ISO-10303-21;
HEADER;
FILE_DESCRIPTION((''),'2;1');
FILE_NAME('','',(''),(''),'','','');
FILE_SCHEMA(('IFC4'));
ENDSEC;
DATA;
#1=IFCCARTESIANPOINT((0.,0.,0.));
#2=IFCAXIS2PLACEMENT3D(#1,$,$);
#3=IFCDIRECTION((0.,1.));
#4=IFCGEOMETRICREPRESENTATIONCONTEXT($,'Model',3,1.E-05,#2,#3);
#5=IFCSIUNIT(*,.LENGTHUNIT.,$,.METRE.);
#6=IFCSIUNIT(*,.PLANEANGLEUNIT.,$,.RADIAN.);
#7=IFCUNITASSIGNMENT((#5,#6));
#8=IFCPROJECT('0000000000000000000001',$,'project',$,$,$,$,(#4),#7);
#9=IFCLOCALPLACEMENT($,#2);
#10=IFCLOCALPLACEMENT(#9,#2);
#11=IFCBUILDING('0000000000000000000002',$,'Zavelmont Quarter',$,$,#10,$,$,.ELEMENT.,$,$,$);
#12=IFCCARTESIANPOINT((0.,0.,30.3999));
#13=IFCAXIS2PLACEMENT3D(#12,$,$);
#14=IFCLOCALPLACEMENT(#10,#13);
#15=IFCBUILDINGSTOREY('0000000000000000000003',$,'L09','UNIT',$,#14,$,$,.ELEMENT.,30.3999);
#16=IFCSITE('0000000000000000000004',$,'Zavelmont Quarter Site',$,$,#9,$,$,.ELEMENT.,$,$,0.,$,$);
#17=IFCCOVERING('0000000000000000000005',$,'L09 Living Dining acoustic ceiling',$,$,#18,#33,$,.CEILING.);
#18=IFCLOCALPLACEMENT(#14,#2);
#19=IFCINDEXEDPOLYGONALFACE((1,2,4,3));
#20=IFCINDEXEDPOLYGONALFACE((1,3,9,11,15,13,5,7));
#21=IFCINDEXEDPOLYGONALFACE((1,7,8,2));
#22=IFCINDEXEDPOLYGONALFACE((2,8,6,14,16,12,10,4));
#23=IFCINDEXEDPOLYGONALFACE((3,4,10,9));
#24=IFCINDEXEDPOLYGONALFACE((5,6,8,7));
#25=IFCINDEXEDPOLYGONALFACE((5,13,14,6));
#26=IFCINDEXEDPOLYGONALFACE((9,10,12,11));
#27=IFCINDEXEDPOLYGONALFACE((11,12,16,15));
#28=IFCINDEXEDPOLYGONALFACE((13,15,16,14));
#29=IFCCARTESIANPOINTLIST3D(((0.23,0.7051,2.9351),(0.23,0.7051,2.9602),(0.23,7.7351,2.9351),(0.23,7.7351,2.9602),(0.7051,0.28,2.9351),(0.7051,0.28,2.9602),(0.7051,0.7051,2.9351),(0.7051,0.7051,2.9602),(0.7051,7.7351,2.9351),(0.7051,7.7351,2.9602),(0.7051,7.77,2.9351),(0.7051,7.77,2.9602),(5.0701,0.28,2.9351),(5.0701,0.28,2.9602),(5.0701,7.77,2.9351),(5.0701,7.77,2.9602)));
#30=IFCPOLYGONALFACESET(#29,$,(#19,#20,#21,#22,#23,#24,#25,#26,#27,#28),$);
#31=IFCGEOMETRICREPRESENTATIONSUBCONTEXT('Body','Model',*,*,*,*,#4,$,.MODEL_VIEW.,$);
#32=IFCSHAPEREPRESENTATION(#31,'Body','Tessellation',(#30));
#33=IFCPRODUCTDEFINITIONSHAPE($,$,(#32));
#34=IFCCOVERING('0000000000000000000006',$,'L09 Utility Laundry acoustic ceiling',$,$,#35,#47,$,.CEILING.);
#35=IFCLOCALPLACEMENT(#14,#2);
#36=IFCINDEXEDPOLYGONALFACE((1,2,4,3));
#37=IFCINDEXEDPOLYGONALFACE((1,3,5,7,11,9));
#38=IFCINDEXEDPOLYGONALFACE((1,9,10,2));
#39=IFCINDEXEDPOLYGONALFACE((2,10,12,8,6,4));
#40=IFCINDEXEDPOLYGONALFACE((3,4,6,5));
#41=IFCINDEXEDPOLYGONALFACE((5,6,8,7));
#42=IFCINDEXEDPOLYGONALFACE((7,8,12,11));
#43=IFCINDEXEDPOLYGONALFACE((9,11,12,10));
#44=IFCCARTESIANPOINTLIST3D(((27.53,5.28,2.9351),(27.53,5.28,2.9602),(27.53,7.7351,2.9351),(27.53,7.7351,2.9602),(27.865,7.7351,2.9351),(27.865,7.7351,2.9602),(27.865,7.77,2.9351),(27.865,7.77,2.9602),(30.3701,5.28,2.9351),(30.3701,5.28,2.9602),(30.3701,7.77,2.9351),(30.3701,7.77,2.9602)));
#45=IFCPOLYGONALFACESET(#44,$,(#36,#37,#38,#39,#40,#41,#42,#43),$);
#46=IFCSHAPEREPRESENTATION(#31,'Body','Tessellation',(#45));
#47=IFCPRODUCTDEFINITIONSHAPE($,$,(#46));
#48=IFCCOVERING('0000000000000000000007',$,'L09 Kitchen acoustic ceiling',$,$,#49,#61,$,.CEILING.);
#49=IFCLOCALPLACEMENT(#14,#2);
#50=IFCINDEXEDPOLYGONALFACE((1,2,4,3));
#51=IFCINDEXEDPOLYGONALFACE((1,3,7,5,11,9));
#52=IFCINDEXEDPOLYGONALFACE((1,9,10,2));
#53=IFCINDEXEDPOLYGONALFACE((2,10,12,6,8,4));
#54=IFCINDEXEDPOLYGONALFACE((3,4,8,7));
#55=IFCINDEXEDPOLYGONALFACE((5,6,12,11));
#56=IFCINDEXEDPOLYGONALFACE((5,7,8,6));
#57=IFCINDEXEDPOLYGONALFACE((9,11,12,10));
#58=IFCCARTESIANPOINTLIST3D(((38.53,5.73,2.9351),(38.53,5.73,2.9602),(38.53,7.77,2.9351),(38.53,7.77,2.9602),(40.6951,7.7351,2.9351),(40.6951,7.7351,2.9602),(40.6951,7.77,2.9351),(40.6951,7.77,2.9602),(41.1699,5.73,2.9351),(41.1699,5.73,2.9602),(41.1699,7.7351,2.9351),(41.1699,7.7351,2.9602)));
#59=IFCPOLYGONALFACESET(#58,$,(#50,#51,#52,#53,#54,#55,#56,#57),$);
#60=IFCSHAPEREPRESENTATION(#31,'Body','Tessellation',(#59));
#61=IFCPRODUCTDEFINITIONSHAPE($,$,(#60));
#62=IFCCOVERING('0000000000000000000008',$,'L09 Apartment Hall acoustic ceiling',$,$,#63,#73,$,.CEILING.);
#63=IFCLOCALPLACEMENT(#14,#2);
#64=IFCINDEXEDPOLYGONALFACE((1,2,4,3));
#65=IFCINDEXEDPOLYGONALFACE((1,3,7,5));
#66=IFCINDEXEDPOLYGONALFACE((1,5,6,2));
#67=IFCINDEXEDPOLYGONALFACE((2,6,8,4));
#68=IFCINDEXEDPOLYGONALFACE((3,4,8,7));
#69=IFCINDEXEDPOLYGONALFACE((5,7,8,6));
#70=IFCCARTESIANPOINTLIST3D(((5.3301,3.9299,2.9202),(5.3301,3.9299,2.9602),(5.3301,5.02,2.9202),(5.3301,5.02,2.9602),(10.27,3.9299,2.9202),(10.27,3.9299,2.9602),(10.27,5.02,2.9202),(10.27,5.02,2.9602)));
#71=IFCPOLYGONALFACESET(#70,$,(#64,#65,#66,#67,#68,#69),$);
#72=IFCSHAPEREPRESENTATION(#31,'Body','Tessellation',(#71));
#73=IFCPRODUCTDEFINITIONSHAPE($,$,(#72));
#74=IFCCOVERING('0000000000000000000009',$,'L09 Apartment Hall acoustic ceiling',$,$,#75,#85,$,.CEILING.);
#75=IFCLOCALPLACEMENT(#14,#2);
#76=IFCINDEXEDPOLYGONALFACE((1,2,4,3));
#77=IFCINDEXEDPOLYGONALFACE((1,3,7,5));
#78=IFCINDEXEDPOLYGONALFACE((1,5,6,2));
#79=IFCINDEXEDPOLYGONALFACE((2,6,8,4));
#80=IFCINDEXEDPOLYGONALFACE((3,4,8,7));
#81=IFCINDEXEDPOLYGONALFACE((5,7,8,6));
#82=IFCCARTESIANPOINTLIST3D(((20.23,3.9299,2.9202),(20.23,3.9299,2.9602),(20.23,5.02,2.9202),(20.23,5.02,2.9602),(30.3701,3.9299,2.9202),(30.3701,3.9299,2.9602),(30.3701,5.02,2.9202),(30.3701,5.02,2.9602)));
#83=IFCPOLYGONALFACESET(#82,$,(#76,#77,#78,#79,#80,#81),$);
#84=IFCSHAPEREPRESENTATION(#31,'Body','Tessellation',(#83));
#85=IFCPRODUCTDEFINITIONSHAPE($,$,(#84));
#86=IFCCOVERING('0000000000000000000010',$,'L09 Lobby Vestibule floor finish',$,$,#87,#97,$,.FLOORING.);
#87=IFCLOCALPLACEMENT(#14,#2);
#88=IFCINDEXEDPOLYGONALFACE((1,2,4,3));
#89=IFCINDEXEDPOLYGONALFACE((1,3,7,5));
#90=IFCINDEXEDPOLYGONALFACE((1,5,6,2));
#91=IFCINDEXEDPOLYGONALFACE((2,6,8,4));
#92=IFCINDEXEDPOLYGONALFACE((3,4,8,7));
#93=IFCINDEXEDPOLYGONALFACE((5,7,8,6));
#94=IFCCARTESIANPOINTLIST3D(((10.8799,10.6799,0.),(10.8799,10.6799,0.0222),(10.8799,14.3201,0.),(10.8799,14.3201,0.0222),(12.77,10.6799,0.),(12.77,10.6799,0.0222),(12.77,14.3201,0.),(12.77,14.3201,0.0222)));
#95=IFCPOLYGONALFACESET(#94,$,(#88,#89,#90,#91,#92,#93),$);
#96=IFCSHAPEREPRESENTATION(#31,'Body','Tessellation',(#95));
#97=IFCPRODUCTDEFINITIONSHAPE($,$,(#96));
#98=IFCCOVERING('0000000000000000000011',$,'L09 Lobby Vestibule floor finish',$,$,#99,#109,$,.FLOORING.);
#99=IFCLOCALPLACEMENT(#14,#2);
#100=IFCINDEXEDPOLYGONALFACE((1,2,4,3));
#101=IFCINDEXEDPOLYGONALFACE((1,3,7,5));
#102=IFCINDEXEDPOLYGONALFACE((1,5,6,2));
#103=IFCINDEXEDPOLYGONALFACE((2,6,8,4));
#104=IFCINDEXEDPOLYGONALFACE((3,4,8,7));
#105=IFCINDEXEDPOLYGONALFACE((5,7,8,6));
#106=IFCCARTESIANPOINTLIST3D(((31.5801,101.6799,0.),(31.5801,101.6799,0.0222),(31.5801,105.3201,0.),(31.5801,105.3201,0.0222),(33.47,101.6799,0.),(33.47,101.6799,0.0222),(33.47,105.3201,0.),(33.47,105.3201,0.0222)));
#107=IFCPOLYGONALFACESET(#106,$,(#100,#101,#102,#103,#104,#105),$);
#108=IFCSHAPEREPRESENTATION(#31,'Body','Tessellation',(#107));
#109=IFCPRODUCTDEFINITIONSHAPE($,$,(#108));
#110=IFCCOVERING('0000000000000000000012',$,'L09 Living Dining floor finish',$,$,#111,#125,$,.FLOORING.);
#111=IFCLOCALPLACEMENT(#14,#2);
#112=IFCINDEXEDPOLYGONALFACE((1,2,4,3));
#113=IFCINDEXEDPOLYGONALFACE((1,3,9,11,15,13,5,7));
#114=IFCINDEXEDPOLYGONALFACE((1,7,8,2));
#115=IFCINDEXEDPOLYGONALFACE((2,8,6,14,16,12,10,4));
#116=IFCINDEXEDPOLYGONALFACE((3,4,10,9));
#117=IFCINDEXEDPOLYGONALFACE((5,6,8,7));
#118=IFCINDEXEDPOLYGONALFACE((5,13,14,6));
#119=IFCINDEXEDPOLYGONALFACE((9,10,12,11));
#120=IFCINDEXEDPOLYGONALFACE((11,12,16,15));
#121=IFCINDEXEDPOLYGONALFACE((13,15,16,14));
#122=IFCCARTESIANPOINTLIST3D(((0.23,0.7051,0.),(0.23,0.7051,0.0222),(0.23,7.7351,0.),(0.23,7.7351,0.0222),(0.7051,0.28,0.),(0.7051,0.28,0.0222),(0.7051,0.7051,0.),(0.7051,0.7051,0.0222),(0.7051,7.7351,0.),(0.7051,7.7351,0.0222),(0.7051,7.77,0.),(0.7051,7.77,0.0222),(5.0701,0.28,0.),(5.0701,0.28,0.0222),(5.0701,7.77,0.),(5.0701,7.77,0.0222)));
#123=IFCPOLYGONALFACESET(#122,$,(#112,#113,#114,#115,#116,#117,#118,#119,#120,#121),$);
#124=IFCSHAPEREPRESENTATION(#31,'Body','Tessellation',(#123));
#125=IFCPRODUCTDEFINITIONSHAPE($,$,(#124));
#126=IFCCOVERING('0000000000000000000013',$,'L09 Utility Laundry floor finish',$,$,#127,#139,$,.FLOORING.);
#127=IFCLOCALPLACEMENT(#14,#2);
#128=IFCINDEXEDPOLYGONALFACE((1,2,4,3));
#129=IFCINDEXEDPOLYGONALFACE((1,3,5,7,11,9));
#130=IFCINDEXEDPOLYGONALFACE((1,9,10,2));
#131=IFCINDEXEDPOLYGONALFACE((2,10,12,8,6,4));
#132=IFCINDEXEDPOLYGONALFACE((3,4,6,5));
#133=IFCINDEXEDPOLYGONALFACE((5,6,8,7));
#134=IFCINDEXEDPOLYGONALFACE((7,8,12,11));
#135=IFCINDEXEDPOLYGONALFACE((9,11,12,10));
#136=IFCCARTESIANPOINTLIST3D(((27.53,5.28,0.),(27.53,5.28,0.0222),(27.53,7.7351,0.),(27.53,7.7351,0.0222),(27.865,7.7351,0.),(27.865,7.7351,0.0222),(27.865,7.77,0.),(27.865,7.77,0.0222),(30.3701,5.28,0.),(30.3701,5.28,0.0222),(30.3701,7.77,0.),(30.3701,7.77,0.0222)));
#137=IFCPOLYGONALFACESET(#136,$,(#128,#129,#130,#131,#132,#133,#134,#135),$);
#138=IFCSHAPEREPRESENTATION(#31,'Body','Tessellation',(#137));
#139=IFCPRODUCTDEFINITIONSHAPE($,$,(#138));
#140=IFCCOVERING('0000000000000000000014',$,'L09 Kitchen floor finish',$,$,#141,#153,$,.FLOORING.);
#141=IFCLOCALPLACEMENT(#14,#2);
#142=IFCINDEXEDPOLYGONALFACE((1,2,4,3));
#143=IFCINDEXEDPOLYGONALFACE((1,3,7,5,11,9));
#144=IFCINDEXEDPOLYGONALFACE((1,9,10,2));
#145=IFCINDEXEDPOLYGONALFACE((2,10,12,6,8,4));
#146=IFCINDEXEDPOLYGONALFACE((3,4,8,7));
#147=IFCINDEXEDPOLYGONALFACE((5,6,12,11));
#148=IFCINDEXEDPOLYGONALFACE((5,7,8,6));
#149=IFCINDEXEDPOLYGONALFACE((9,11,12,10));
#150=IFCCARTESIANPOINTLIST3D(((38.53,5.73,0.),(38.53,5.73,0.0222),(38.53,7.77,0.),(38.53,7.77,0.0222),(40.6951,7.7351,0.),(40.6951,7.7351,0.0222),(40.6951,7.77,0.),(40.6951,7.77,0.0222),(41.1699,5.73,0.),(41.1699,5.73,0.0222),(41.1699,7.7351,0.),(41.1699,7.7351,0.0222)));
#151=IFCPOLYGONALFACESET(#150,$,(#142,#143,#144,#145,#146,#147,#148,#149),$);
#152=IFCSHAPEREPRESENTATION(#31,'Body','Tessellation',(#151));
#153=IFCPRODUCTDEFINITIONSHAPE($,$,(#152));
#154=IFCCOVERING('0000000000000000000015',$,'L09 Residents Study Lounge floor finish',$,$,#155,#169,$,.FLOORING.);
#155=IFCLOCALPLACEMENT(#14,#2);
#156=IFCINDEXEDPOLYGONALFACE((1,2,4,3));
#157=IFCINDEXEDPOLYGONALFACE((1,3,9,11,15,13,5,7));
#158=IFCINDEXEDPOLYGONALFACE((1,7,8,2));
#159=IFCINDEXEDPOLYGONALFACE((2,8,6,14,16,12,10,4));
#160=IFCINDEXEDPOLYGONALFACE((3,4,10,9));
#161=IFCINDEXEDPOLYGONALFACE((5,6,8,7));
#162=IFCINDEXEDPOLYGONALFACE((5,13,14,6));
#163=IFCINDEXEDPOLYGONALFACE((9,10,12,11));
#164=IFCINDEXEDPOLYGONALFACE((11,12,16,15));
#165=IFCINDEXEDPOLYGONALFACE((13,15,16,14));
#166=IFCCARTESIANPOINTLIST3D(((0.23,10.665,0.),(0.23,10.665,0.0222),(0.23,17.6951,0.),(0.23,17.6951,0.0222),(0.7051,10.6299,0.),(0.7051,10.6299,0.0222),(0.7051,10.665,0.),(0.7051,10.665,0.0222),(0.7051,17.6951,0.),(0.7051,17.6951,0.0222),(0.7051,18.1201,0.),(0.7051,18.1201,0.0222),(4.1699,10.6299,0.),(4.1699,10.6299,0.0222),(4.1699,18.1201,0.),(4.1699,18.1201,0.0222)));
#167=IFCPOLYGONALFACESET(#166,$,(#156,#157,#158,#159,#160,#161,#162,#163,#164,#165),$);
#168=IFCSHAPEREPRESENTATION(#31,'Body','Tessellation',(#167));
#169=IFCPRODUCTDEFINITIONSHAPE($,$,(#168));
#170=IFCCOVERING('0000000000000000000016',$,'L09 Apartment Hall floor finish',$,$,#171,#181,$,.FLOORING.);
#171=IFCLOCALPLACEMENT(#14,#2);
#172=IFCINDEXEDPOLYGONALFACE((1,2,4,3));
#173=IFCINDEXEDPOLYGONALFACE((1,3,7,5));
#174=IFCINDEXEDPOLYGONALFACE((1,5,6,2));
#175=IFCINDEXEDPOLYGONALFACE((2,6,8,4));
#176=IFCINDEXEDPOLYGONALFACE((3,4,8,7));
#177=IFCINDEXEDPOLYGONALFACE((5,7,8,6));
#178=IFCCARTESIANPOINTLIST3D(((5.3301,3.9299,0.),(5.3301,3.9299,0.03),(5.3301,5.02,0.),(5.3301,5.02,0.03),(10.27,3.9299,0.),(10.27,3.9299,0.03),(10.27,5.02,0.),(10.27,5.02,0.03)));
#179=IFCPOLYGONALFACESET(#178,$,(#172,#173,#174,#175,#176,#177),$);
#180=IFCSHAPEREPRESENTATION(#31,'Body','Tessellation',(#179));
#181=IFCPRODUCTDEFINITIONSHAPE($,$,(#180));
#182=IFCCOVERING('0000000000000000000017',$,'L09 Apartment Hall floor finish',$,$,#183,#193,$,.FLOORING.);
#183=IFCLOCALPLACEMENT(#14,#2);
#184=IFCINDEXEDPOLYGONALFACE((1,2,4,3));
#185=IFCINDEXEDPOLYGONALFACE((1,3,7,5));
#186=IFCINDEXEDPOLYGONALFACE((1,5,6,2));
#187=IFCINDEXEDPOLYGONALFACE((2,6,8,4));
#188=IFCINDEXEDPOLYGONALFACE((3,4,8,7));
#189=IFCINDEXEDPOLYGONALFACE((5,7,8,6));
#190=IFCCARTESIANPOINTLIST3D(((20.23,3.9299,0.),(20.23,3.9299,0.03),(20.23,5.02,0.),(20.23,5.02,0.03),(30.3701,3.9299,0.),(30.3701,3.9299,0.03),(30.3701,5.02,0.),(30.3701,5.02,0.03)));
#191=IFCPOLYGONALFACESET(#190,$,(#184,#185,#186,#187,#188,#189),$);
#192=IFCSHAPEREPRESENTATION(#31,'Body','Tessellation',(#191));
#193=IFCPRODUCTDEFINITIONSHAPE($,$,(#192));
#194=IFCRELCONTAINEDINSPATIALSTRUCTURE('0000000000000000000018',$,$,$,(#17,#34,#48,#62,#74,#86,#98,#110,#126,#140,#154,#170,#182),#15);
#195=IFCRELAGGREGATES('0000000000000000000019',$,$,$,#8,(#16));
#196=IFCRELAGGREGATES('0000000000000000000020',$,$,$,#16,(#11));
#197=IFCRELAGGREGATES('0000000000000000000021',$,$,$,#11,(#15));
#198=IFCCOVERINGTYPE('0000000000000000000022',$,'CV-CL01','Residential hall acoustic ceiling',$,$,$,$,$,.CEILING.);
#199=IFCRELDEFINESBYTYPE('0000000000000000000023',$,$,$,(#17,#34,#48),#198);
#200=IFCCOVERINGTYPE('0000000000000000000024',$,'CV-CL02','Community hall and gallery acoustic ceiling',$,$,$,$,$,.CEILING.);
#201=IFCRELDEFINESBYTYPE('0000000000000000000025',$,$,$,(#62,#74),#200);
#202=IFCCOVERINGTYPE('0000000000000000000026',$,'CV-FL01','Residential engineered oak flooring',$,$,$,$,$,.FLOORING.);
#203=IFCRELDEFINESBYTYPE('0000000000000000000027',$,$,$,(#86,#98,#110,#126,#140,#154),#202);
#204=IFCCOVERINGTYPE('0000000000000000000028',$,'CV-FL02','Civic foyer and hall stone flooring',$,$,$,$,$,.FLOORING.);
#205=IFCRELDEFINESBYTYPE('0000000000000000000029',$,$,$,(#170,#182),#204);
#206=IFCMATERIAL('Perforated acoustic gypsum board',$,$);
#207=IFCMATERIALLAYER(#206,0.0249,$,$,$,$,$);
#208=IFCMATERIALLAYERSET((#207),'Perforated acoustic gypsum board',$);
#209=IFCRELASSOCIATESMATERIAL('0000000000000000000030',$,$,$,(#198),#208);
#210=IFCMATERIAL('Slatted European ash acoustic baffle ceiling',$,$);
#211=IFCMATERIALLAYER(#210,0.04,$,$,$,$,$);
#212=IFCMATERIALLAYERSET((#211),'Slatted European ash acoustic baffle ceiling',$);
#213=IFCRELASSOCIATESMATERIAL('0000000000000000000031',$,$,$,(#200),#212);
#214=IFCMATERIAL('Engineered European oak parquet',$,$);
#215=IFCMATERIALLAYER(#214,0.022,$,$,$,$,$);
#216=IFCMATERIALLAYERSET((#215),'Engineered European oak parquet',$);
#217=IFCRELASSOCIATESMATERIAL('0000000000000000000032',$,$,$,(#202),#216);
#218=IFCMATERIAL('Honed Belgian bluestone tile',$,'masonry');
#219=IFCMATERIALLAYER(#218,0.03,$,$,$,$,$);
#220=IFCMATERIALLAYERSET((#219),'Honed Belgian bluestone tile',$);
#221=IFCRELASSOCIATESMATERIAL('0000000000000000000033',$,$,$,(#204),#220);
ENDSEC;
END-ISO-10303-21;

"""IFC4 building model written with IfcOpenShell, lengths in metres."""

from ifc_helpers import new_model, si_unit, direction, frame, origin, place, context, subcontext, project, spatial, polyline, outline, extrude, material, layer, layer_set, type_object, element, save


model = new_model("IFC4")

# Units and contexts
model_context = context("Model", 3, precision=1e-05, world=origin(), true_north=direction((0.0, 1.0)))
body_context = subcontext(model_context, "Body", "Model", "MODEL_VIEW")
ifc_project = project(units=[si_unit("LENGTHUNIT", "METRE"), si_unit("PLANEANGLEUNIT", "RADIAN")], contexts=[model_context])

# Site, building, storey
site_placement = place(None, origin())
site = spatial("IfcSite", under=ifc_project, at=site_placement, Name="Zavelmont Quarter Site", CompositionType="ELEMENT", RefElevation=0.0)
building_placement = place(site_placement, origin())
building = spatial("IfcBuilding", under=site, at=building_placement, Name="Zavelmont Quarter", CompositionType="ELEMENT")
storey_placement = place(building_placement, frame((0.0, 0.0, 30.3999)))
storey = spatial("IfcBuildingStorey", under=building, at=storey_placement, Name="L09", Description="UNIT", CompositionType="ELEMENT", Elevation=30.3999)

# Coverings
ifc_material_1 = material(Name="Perforated acoustic gypsum board")
ifc_layer_1 = layer(ifc_material_1, 0.0249)
ifc_layer_set_1 = layer_set([ifc_layer_1], Name="Perforated acoustic gypsum board")
covering_type_1 = type_object("IfcCoveringType", Name="CV-CL01", Description="Residential hall acoustic ceiling", PredefinedType="CEILING", material=ifc_layer_set_1)
covering_1_placement = place(storey_placement, frame((0.0, 0.0, 2.9351)))
element("IfcCovering", 1, at=covering_1_placement, inside=storey, type_object=covering_type_1, Name="L09 Living Dining acoustic ceiling", PredefinedType="CEILING", context=body_context, shape_type="SweptSolid", body=[
    extrude(outline(polyline([(0.23, 7.7351), (0.7051, 7.7351), (0.7051, 7.77), (5.0701, 7.77), (5.0701, 0.28), (0.7051, 0.28), (0.7051, 0.7051), (0.23, 0.7051), (0.23, 7.7351)])), origin(), (0.0, 0.0, 1.0), 0.0251),
])
covering_2_placement = place(storey_placement, frame((0.0, 0.0, 2.9351)))
element("IfcCovering", 2, at=covering_2_placement, inside=storey, type_object=covering_type_1, Name="L09 Utility Laundry acoustic ceiling", PredefinedType="CEILING", context=body_context, shape_type="SweptSolid", body=[
    extrude(outline(polyline([(27.53, 7.7351), (27.865, 7.7351), (27.865, 7.77), (30.3701, 7.77), (30.3701, 5.28), (27.53, 5.28), (27.53, 7.7351)])), origin(), (0.0, 0.0, 1.0), 0.0251),
])
covering_3_placement = place(storey_placement, frame((0.0, 0.0, 2.9351)))
element("IfcCovering", 3, at=covering_3_placement, inside=storey, type_object=covering_type_1, Name="L09 Kitchen acoustic ceiling", PredefinedType="CEILING", context=body_context, shape_type="SweptSolid", body=[
    extrude(outline(polyline([(38.53, 7.77), (40.6951, 7.77), (40.6951, 7.7351), (41.1699, 7.7351), (41.1699, 5.73), (38.53, 5.73), (38.53, 7.77)])), origin(), (0.0, 0.0, 1.0), 0.0251),
])
ifc_material_2 = material(Name="Slatted European ash acoustic baffle ceiling")
ifc_layer_2 = layer(ifc_material_2, 0.04)
ifc_layer_set_2 = layer_set([ifc_layer_2], Name="Slatted European ash acoustic baffle ceiling")
covering_type_2 = type_object("IfcCoveringType", Name="CV-CL02", Description="Community hall and gallery acoustic ceiling", PredefinedType="CEILING", material=ifc_layer_set_2)
covering_4_placement = place(storey_placement, frame((0.0, 0.0, 2.9202)))
element("IfcCovering", 4, at=covering_4_placement, inside=storey, type_object=covering_type_2, Name="L09 Apartment Hall acoustic ceiling", PredefinedType="CEILING", context=body_context, shape_type="SweptSolid", body=[
    extrude(outline(polyline([(5.3301, 5.02), (10.27, 5.02), (10.27, 3.9299), (5.3301, 3.9299), (5.3301, 5.02)])), origin(), (0.0, 0.0, 1.0), 0.04),
])
covering_5_placement = place(storey_placement, frame((0.0, 0.0, 2.9202)))
element("IfcCovering", 5, at=covering_5_placement, inside=storey, type_object=covering_type_2, Name="L09 Apartment Hall acoustic ceiling", PredefinedType="CEILING", context=body_context, shape_type="SweptSolid", body=[
    extrude(outline(polyline([(20.23, 5.02), (30.3701, 5.02), (30.3701, 3.9299), (20.23, 3.9299), (20.23, 5.02)])), origin(), (0.0, 0.0, 1.0), 0.04),
])
ifc_material_3 = material(Name="Engineered European oak parquet")
ifc_layer_3 = layer(ifc_material_3, 0.022)
ifc_layer_set_3 = layer_set([ifc_layer_3], Name="Engineered European oak parquet")
covering_type_3 = type_object("IfcCoveringType", Name="CV-FL01", Description="Residential engineered oak flooring", PredefinedType="FLOORING", material=ifc_layer_set_3)
covering_6_placement = place(storey_placement, origin())
element("IfcCovering", 6, at=covering_6_placement, inside=storey, type_object=covering_type_3, Name="L09 Lobby Vestibule floor finish", PredefinedType="FLOORING", context=body_context, shape_type="SweptSolid", body=[
    extrude(outline(polyline([(10.8799, 14.3201), (12.77, 14.3201), (12.77, 10.6799), (10.8799, 10.6799), (10.8799, 14.3201)])), origin(), (0.0, 0.0, 1.0), 0.0222),
])
covering_7_placement = place(storey_placement, origin())
element("IfcCovering", 7, at=covering_7_placement, inside=storey, type_object=covering_type_3, Name="L09 Lobby Vestibule floor finish", PredefinedType="FLOORING", context=body_context, shape_type="SweptSolid", body=[
    extrude(outline(polyline([(31.5801, 105.3201), (33.47, 105.3201), (33.47, 101.6799), (31.5801, 101.6799), (31.5801, 105.3201)])), origin(), (0.0, 0.0, 1.0), 0.0222),
])
covering_8_placement = place(storey_placement, origin())
element("IfcCovering", 8, at=covering_8_placement, inside=storey, type_object=covering_type_3, Name="L09 Living Dining floor finish", PredefinedType="FLOORING", context=body_context, shape_type="SweptSolid", body=[
    extrude(outline(polyline([(0.23, 7.7351), (0.7051, 7.7351), (0.7051, 7.77), (5.0701, 7.77), (5.0701, 0.28), (0.7051, 0.28), (0.7051, 0.7051), (0.23, 0.7051), (0.23, 7.7351)])), origin(), (0.0, 0.0, 1.0), 0.0222),
])
covering_9_placement = place(storey_placement, origin())
element("IfcCovering", 9, at=covering_9_placement, inside=storey, type_object=covering_type_3, Name="L09 Utility Laundry floor finish", PredefinedType="FLOORING", context=body_context, shape_type="SweptSolid", body=[
    extrude(outline(polyline([(27.53, 7.7351), (27.865, 7.7351), (27.865, 7.77), (30.3701, 7.77), (30.3701, 5.28), (27.53, 5.28), (27.53, 7.7351)])), origin(), (0.0, 0.0, 1.0), 0.0222),
])
covering_10_placement = place(storey_placement, origin())
element("IfcCovering", 10, at=covering_10_placement, inside=storey, type_object=covering_type_3, Name="L09 Kitchen floor finish", PredefinedType="FLOORING", context=body_context, shape_type="SweptSolid", body=[
    extrude(outline(polyline([(38.53, 7.77), (40.6951, 7.77), (40.6951, 7.7351), (41.1699, 7.7351), (41.1699, 5.73), (38.53, 5.73), (38.53, 7.77)])), origin(), (0.0, 0.0, 1.0), 0.0222),
])
covering_11_placement = place(storey_placement, origin())
element("IfcCovering", 11, at=covering_11_placement, inside=storey, type_object=covering_type_3, Name="L09 Residents Study Lounge floor finish", PredefinedType="FLOORING", context=body_context, shape_type="SweptSolid", body=[
    extrude(outline(polyline([(0.23, 17.6951), (0.7051, 17.6951), (0.7051, 18.1201), (4.1699, 18.1201), (4.1699, 10.6299), (0.7051, 10.6299), (0.7051, 10.665), (0.23, 10.665), (0.23, 17.6951)])), origin(), (0.0, 0.0, 1.0), 0.0222),
])
ifc_material_4 = material(Name="Honed Belgian bluestone tile", Category="masonry")
ifc_layer_4 = layer(ifc_material_4, 0.03)
ifc_layer_set_4 = layer_set([ifc_layer_4], Name="Honed Belgian bluestone tile")
covering_type_4 = type_object("IfcCoveringType", Name="CV-FL02", Description="Civic foyer and hall stone flooring", PredefinedType="FLOORING", material=ifc_layer_set_4)
covering_12_placement = place(storey_placement, origin())
element("IfcCovering", 12, at=covering_12_placement, inside=storey, type_object=covering_type_4, Name="L09 Apartment Hall floor finish", PredefinedType="FLOORING", context=body_context, shape_type="SweptSolid", body=[
    extrude(outline(polyline([(5.3301, 5.02), (10.27, 5.02), (10.27, 3.9299), (5.3301, 3.9299), (5.3301, 5.02)])), origin(), (0.0, 0.0, 1.0), 0.03),
])
covering_13_placement = place(storey_placement, origin())
element("IfcCovering", 13, at=covering_13_placement, inside=storey, type_object=covering_type_4, Name="L09 Apartment Hall floor finish", PredefinedType="FLOORING", context=body_context, shape_type="SweptSolid", body=[
    extrude(outline(polyline([(20.23, 5.02), (30.3701, 5.02), (30.3701, 3.9299), (20.23, 3.9299), (20.23, 5.02)])), origin(), (0.0, 0.0, 1.0), 0.03),
])

save(model, "model.ifc")
